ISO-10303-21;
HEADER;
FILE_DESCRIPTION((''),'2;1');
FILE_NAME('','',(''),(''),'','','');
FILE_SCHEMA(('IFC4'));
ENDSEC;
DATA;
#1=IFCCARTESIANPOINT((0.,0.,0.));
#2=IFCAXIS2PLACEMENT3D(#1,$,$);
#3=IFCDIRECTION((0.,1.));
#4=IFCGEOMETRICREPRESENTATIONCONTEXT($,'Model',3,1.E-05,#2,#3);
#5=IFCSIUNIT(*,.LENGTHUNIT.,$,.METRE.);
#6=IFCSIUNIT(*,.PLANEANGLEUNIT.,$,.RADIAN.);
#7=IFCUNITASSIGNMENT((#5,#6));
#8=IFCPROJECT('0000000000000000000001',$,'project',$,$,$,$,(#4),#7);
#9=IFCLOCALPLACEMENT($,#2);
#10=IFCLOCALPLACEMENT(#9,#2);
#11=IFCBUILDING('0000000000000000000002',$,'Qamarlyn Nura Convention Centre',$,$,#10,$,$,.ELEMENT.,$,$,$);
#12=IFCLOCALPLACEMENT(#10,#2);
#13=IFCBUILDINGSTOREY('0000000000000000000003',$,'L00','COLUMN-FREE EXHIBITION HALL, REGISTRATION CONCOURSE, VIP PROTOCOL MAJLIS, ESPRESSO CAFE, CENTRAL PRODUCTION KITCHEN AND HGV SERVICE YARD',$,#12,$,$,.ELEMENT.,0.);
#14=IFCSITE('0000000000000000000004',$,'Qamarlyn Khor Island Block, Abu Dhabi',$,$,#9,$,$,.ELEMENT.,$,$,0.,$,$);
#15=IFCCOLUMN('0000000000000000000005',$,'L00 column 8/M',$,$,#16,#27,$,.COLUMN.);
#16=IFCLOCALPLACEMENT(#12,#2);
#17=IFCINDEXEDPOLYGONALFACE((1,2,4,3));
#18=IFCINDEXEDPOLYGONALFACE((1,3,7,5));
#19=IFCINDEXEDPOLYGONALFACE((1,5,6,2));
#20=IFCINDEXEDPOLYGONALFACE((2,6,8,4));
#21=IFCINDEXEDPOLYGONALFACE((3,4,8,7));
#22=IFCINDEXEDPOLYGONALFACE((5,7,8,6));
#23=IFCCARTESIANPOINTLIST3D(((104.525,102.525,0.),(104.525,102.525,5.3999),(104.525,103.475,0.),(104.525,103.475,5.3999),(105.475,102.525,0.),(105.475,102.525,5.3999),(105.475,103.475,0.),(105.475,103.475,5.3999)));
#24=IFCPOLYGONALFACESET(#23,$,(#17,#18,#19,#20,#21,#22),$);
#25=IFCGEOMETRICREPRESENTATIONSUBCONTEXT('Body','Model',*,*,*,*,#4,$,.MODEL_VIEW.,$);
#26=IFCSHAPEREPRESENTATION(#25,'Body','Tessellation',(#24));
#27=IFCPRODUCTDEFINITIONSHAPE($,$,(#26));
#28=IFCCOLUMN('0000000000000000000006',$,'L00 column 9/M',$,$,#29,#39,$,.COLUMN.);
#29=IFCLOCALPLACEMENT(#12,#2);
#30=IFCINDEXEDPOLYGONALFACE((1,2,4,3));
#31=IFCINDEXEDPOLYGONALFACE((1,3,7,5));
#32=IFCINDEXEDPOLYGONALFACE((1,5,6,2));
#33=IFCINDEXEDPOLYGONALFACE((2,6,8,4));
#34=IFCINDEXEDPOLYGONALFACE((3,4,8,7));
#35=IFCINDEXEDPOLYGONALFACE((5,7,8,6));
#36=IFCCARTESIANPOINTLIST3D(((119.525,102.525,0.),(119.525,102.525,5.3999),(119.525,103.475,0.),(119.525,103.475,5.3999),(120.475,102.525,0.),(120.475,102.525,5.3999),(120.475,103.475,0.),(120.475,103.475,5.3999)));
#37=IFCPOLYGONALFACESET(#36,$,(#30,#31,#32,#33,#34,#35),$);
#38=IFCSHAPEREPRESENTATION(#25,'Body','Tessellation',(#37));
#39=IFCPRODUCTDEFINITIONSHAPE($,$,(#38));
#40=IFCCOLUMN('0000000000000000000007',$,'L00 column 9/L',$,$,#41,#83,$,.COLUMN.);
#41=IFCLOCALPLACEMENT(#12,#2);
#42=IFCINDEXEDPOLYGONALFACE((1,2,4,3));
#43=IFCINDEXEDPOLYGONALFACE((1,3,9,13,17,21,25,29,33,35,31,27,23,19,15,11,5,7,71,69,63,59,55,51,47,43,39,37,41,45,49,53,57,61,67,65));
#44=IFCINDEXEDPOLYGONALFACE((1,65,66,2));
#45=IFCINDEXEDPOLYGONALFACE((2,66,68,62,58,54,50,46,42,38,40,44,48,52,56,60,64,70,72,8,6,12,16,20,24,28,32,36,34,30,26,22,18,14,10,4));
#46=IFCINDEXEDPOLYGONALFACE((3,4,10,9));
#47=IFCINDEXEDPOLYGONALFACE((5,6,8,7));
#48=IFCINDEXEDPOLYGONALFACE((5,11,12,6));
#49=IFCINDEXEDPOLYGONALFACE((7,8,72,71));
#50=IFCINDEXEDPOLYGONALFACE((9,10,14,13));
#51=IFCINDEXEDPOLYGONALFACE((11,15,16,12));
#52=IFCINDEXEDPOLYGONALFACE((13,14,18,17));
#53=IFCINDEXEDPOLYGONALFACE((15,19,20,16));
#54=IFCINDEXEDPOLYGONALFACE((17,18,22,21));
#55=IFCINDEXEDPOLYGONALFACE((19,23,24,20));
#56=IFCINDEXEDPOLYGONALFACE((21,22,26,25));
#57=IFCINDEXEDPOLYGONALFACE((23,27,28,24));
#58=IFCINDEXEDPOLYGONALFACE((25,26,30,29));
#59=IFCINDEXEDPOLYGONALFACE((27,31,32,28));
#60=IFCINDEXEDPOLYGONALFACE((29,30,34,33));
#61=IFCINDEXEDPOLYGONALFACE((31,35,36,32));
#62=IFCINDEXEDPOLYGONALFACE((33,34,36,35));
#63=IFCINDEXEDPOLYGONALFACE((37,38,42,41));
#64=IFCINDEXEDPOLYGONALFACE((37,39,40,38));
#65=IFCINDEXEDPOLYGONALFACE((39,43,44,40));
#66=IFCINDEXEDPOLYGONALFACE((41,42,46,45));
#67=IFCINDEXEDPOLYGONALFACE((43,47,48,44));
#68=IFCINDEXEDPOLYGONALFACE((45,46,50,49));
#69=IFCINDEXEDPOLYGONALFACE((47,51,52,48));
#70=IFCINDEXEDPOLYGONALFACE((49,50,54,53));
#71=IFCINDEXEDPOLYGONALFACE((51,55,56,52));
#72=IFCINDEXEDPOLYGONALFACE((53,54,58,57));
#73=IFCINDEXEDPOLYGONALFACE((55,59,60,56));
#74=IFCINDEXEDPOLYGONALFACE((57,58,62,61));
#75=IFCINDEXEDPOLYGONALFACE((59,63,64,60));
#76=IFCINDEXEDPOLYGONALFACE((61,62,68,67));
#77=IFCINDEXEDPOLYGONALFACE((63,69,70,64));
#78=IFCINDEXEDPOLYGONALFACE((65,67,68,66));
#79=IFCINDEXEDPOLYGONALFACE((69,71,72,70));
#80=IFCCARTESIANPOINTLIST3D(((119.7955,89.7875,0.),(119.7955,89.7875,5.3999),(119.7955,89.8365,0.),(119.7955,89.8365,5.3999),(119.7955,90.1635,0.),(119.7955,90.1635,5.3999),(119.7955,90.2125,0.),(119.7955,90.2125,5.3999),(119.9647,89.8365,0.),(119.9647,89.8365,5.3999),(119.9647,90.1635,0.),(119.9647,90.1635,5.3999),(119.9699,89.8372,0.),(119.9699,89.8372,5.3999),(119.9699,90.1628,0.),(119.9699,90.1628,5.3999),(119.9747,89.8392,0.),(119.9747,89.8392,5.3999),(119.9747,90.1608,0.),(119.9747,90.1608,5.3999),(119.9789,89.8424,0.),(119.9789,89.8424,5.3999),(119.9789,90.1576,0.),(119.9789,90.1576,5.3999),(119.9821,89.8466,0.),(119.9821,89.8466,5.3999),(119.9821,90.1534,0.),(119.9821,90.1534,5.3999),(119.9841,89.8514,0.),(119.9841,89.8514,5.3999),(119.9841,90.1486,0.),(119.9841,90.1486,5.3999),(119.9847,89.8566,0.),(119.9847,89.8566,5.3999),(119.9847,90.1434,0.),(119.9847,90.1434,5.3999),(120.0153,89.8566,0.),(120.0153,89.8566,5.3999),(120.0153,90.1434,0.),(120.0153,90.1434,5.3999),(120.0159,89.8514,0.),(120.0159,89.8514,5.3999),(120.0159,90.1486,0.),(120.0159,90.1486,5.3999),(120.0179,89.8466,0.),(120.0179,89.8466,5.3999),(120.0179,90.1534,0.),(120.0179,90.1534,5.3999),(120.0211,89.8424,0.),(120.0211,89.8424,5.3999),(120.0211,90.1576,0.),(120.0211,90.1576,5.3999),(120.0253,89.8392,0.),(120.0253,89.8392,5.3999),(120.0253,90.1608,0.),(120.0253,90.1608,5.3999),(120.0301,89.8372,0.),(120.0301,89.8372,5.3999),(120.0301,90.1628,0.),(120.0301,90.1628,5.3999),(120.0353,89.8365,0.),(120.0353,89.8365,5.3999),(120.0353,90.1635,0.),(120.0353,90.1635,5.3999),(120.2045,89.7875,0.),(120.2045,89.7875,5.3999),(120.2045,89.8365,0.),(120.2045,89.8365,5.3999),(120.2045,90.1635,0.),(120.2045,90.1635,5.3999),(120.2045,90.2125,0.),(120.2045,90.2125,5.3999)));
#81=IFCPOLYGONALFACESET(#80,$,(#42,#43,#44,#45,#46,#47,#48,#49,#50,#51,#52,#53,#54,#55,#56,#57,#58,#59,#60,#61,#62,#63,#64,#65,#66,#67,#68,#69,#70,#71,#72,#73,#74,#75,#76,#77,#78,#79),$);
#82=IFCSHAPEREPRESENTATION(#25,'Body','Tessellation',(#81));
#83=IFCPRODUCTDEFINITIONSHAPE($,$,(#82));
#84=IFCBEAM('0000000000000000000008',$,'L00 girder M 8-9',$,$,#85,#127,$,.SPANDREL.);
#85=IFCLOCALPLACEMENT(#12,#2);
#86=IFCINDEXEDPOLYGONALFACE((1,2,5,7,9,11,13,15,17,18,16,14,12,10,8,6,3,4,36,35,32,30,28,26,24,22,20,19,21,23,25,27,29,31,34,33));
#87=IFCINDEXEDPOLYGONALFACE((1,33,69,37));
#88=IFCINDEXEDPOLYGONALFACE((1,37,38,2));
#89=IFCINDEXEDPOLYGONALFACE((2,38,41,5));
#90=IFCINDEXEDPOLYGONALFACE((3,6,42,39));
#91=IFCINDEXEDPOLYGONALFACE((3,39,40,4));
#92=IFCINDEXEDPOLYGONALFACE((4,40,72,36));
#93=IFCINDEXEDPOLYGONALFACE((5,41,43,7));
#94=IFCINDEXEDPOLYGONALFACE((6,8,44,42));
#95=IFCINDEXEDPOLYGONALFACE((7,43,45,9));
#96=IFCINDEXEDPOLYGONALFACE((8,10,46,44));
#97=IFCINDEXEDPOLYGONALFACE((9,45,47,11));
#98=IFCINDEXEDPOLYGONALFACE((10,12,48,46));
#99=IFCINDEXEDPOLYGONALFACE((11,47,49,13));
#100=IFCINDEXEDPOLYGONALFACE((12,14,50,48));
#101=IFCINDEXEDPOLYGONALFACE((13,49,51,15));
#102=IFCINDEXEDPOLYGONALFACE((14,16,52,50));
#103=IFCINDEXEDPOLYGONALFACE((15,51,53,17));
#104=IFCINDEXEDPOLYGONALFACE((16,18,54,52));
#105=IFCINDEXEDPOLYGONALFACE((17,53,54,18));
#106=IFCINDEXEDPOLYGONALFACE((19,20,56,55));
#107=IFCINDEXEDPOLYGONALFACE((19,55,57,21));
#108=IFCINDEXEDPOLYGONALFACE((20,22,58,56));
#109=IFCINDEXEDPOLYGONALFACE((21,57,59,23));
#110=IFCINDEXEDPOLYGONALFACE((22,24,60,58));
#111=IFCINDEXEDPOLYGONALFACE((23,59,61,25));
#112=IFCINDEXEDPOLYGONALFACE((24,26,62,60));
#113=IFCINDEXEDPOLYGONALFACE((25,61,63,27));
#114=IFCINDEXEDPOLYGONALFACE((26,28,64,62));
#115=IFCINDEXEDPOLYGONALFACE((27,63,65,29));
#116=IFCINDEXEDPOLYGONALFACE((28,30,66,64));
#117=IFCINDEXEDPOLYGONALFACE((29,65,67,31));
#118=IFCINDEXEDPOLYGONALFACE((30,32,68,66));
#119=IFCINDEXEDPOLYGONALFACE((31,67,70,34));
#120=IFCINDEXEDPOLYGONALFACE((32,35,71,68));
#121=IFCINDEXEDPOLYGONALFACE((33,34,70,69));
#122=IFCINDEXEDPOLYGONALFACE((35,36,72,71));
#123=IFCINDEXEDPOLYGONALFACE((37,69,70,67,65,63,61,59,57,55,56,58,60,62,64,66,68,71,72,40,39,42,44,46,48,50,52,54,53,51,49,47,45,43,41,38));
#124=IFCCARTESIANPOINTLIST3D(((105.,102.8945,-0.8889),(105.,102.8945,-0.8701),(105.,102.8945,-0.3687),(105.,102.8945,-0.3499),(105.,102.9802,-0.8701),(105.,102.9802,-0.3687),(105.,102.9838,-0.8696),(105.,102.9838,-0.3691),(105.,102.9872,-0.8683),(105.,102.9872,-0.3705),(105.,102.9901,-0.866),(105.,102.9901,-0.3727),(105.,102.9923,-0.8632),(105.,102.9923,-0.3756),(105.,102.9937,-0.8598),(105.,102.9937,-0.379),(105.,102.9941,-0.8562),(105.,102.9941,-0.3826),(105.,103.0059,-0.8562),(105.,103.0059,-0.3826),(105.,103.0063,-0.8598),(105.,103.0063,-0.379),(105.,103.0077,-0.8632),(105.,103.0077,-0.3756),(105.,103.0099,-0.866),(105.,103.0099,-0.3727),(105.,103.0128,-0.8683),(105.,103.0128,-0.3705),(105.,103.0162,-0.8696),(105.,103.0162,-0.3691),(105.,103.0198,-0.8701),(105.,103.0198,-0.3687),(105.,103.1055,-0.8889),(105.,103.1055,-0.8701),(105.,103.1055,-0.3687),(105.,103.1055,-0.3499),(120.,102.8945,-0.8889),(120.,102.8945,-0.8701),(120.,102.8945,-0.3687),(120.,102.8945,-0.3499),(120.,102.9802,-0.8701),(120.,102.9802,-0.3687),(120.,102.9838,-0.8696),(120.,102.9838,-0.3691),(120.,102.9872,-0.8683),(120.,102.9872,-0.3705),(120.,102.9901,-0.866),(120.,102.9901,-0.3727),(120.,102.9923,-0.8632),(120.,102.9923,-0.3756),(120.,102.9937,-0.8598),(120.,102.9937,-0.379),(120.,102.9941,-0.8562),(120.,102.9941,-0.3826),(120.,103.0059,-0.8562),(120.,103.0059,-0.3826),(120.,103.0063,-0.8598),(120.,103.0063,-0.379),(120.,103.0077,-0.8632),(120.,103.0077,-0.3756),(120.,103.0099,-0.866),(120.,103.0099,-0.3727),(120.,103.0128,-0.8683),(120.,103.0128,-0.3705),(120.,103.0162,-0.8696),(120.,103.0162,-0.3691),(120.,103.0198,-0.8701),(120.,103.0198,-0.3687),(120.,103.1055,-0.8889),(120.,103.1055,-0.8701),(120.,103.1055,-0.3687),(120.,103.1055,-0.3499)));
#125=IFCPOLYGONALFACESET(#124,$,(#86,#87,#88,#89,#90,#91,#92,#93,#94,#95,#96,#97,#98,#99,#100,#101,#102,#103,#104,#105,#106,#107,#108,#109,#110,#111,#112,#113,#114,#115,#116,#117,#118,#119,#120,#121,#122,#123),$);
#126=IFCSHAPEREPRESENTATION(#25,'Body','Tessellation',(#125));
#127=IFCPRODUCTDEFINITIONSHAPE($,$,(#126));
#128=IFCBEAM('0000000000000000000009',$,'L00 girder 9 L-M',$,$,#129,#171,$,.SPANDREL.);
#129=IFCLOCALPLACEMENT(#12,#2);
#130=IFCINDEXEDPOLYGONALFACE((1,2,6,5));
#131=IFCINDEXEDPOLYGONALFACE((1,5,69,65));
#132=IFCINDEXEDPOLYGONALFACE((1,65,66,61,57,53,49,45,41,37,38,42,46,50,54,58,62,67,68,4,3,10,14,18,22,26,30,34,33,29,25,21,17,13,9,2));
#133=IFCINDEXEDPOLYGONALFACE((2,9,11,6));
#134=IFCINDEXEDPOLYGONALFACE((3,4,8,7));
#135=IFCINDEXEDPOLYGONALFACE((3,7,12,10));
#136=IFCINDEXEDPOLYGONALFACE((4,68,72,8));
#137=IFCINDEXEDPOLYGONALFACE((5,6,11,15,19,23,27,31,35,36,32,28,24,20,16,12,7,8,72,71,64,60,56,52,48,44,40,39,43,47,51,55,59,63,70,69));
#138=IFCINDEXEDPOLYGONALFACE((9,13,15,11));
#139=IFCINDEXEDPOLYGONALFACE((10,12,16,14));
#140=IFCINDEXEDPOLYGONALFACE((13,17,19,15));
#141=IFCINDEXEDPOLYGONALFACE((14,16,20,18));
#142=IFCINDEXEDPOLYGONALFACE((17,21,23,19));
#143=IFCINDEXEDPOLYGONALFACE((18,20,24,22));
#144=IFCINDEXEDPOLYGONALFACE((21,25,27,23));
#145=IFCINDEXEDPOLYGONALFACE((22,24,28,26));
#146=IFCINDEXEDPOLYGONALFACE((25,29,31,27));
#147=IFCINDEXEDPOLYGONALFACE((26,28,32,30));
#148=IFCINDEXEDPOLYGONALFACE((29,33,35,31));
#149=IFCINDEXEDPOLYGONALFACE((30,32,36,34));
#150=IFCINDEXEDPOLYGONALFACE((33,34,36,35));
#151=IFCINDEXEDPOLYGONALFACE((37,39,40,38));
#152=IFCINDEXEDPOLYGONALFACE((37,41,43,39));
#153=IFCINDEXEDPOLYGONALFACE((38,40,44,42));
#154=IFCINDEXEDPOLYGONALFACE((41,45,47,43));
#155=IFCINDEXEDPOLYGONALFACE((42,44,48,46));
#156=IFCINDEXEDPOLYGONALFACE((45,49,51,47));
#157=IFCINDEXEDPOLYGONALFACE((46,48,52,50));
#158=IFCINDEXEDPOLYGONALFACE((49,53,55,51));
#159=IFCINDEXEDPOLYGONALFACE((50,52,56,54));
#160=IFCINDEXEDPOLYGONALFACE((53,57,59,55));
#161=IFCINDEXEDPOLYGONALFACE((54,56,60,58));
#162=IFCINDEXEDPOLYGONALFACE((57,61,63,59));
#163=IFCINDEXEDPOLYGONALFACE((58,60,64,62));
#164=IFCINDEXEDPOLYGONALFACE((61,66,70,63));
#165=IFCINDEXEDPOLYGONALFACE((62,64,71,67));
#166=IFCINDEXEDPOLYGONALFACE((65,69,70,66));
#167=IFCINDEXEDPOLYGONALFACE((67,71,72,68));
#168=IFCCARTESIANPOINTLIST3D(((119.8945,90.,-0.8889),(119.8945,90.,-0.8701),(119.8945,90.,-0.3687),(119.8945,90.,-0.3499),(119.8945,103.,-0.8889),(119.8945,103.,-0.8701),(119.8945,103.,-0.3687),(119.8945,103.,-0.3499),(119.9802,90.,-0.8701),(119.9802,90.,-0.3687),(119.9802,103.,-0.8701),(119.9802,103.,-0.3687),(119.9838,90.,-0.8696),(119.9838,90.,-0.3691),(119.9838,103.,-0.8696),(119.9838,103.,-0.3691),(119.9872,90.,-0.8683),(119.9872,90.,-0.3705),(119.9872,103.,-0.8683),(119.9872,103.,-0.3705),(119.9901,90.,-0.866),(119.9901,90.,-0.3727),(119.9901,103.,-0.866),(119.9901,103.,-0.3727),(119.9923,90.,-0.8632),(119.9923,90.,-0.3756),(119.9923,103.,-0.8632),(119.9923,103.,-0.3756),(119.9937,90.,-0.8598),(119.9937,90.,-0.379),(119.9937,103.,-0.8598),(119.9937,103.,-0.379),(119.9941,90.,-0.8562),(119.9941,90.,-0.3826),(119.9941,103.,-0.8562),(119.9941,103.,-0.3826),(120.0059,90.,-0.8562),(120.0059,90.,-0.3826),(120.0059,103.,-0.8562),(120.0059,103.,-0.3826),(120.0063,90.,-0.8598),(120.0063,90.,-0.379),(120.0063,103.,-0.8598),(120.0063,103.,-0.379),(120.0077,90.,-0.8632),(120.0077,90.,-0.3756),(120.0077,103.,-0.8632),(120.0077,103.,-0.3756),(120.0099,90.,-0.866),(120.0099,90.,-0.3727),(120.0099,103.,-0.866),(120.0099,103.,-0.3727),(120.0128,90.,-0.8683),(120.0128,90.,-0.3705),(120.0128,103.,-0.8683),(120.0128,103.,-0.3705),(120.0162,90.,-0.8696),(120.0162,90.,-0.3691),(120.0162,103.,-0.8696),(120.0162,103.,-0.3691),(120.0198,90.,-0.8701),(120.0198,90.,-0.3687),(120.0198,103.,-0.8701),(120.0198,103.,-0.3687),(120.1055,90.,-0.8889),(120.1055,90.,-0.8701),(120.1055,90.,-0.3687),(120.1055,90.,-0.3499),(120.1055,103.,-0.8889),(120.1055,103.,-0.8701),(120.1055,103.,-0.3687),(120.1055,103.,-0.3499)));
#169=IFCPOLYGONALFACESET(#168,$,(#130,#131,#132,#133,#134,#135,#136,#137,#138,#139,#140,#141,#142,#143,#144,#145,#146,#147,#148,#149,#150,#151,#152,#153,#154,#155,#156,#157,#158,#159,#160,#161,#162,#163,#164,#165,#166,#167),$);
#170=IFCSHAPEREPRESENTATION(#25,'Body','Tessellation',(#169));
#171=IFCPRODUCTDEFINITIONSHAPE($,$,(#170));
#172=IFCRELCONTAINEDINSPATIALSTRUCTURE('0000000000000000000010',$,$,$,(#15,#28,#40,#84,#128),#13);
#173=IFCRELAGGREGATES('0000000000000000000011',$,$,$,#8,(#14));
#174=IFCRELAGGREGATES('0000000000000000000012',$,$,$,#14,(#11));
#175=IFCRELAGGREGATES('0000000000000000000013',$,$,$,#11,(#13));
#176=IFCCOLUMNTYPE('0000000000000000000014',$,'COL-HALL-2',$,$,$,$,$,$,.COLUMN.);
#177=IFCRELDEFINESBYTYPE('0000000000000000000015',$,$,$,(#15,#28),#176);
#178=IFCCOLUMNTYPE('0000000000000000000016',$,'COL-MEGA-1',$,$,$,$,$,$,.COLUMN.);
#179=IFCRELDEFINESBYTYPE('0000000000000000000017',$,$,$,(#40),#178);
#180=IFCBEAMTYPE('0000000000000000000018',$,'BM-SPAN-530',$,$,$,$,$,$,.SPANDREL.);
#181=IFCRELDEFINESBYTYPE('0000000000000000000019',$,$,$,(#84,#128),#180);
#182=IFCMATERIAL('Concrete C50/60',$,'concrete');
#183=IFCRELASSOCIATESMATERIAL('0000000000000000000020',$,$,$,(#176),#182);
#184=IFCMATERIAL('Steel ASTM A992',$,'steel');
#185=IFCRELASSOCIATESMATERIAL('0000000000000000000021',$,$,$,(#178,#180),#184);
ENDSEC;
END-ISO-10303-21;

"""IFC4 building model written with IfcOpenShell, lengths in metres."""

from ifc_helpers import new_model, si_unit, direction, frame, origin, origin_2d, place, context, subcontext, project, spatial, rectangle, i_section, extrude, material, material_profile, profile_set, type_object, element, save


model = new_model("IFC4")

# Units and contexts
model_context = context("Model", 3, precision=1e-05, world=origin(), true_north=direction((0.0, 1.0)))
body_context = subcontext(model_context, "Body", "Model", "MODEL_VIEW")
ifc_project = project(units=[si_unit("LENGTHUNIT", "METRE"), si_unit("PLANEANGLEUNIT", "RADIAN")], contexts=[model_context])

# Site, building, storey
site_placement = place(None, origin())
site = spatial("IfcSite", under=ifc_project, at=site_placement, Name="Qamarlyn Khor Island Block, Abu Dhabi", CompositionType="ELEMENT", RefElevation=0.0)
building_placement = place(site_placement, origin())
building = spatial("IfcBuilding", under=site, at=building_placement, Name="Qamarlyn Nura Convention Centre", CompositionType="ELEMENT")
storey_placement = place(building_placement, origin())
storey = spatial("IfcBuildingStorey", under=building, at=storey_placement, Name="L00", Description="COLUMN-FREE EXHIBITION HALL, REGISTRATION CONCOURSE, VIP PROTOCOL MAJLIS, ESPRESSO CAFE, CENTRAL PRODUCTION KITCHEN AND HGV SERVICE YARD", CompositionType="ELEMENT", Elevation=0.0)

# Columns
ifc_material_1 = material(Name="Concrete C50/60", Category="concrete")
ifc_material_profile_1 = material_profile(ifc_material_1, rectangle(XDim=0.95, YDim=0.95, at=origin_2d()), Name="RC 950x950")
ifc_profile_set_1 = profile_set([ifc_material_profile_1], Name="Concrete C50/60")
column_type_1 = type_object("IfcColumnType", Name="COL-HALL-2", PredefinedType="COLUMN", material=ifc_profile_set_1)
for number, where, z_axis, x_axis, name in (
    (1, (105.0, 103.0, 0.0), (0.0, 0.0, 1.0), (1.0, 0.0, 0.0), "L00 column 8/M"),
    (2, (120.0, 103.0, 0.0), (0.0, 0.0, 1.0), (1.0, 0.0, 0.0), "L00 column 9/M"),
):
    element("IfcColumn", number, at=place(storey_placement, frame(where, z_axis=z_axis, x_axis=x_axis)), inside=storey, type_object=column_type_1, Name=name, PredefinedType="COLUMN", context=body_context, shape_type="SweptSolid", body=[
        extrude(rectangle(XDim=0.95, YDim=0.95, at=origin_2d()), origin(), (0.0, 0.0, 1.0), 5.3999),
    ])
ifc_material_2 = material(Name="Steel ASTM A992", Category="steel")
ifc_material_profile_2 = material_profile(ifc_material_2, i_section(OverallWidth=0.4089, OverallDepth=0.425, WebThickness=0.0305, FlangeThickness=0.0491, FilletRadius=0.02, at=origin_2d()), Name="W360X421")
ifc_profile_set_2 = profile_set([ifc_material_profile_2], Name="Steel ASTM A992")
column_type_2 = type_object("IfcColumnType", Name="COL-MEGA-1", PredefinedType="COLUMN", material=ifc_profile_set_2)
column_placement = place(storey_placement, frame((120.0, 90.0, 0.0), z_axis=(0.0, 0.0, 1.0), x_axis=(1.0, 0.0, 0.0)))
element("IfcColumn", 3, at=column_placement, inside=storey, type_object=column_type_2, Name="L00 column 9/L", PredefinedType="COLUMN", context=body_context, shape_type="SweptSolid", body=[
    extrude(i_section(OverallWidth=0.4089, OverallDepth=0.425, WebThickness=0.0305, FlangeThickness=0.0491, FilletRadius=0.02, at=origin_2d()), origin(), (0.0, 0.0, 1.0), 5.3999),
])

# Beams
ifc_material_profile_3 = material_profile(ifc_material_2, i_section(OverallWidth=0.2109, OverallDepth=0.5391, WebThickness=0.0117, FlangeThickness=0.0188, FilletRadius=0.0139, at=origin_2d()), Name="W530X109")
ifc_profile_set_3 = profile_set([ifc_material_profile_3], Name="Steel ASTM A992")
beam_type = type_object("IfcBeamType", Name="BM-SPAN-530", PredefinedType="SPANDREL", material=ifc_profile_set_3)
beam_1_placement = place(storey_placement, frame((105.0, 103.0, -0.6194), z_axis=(1.0, 0.0, 0.0), x_axis=(0.0, 1.0, 0.0)))
element("IfcBeam", 4, at=beam_1_placement, inside=storey, type_object=beam_type, Name="L00 girder M 8-9", PredefinedType="SPANDREL", context=body_context, shape_type="SweptSolid", body=[
    extrude(i_section(OverallWidth=0.2109, OverallDepth=0.5391, WebThickness=0.0117, FlangeThickness=0.0188, FilletRadius=0.0139, at=origin_2d()), origin(), (0.0, 0.0, 1.0), 15.0),
])
beam_2_placement = place(storey_placement, frame((120.0, 90.0, -0.6194), z_axis=(0.0, 1.0, 0.0), x_axis=(-1.0, 0.0, 0.0)))
element("IfcBeam", 5, at=beam_2_placement, inside=storey, type_object=beam_type, Name="L00 girder 9 L-M", PredefinedType="SPANDREL", context=body_context, shape_type="SweptSolid", body=[
    extrude(i_section(OverallWidth=0.2109, OverallDepth=0.5391, WebThickness=0.0117, FlangeThickness=0.0188, FilletRadius=0.0139, at=origin_2d()), origin(), (0.0, 0.0, 1.0), 13.0),
])

save(model, "model.ifc")
